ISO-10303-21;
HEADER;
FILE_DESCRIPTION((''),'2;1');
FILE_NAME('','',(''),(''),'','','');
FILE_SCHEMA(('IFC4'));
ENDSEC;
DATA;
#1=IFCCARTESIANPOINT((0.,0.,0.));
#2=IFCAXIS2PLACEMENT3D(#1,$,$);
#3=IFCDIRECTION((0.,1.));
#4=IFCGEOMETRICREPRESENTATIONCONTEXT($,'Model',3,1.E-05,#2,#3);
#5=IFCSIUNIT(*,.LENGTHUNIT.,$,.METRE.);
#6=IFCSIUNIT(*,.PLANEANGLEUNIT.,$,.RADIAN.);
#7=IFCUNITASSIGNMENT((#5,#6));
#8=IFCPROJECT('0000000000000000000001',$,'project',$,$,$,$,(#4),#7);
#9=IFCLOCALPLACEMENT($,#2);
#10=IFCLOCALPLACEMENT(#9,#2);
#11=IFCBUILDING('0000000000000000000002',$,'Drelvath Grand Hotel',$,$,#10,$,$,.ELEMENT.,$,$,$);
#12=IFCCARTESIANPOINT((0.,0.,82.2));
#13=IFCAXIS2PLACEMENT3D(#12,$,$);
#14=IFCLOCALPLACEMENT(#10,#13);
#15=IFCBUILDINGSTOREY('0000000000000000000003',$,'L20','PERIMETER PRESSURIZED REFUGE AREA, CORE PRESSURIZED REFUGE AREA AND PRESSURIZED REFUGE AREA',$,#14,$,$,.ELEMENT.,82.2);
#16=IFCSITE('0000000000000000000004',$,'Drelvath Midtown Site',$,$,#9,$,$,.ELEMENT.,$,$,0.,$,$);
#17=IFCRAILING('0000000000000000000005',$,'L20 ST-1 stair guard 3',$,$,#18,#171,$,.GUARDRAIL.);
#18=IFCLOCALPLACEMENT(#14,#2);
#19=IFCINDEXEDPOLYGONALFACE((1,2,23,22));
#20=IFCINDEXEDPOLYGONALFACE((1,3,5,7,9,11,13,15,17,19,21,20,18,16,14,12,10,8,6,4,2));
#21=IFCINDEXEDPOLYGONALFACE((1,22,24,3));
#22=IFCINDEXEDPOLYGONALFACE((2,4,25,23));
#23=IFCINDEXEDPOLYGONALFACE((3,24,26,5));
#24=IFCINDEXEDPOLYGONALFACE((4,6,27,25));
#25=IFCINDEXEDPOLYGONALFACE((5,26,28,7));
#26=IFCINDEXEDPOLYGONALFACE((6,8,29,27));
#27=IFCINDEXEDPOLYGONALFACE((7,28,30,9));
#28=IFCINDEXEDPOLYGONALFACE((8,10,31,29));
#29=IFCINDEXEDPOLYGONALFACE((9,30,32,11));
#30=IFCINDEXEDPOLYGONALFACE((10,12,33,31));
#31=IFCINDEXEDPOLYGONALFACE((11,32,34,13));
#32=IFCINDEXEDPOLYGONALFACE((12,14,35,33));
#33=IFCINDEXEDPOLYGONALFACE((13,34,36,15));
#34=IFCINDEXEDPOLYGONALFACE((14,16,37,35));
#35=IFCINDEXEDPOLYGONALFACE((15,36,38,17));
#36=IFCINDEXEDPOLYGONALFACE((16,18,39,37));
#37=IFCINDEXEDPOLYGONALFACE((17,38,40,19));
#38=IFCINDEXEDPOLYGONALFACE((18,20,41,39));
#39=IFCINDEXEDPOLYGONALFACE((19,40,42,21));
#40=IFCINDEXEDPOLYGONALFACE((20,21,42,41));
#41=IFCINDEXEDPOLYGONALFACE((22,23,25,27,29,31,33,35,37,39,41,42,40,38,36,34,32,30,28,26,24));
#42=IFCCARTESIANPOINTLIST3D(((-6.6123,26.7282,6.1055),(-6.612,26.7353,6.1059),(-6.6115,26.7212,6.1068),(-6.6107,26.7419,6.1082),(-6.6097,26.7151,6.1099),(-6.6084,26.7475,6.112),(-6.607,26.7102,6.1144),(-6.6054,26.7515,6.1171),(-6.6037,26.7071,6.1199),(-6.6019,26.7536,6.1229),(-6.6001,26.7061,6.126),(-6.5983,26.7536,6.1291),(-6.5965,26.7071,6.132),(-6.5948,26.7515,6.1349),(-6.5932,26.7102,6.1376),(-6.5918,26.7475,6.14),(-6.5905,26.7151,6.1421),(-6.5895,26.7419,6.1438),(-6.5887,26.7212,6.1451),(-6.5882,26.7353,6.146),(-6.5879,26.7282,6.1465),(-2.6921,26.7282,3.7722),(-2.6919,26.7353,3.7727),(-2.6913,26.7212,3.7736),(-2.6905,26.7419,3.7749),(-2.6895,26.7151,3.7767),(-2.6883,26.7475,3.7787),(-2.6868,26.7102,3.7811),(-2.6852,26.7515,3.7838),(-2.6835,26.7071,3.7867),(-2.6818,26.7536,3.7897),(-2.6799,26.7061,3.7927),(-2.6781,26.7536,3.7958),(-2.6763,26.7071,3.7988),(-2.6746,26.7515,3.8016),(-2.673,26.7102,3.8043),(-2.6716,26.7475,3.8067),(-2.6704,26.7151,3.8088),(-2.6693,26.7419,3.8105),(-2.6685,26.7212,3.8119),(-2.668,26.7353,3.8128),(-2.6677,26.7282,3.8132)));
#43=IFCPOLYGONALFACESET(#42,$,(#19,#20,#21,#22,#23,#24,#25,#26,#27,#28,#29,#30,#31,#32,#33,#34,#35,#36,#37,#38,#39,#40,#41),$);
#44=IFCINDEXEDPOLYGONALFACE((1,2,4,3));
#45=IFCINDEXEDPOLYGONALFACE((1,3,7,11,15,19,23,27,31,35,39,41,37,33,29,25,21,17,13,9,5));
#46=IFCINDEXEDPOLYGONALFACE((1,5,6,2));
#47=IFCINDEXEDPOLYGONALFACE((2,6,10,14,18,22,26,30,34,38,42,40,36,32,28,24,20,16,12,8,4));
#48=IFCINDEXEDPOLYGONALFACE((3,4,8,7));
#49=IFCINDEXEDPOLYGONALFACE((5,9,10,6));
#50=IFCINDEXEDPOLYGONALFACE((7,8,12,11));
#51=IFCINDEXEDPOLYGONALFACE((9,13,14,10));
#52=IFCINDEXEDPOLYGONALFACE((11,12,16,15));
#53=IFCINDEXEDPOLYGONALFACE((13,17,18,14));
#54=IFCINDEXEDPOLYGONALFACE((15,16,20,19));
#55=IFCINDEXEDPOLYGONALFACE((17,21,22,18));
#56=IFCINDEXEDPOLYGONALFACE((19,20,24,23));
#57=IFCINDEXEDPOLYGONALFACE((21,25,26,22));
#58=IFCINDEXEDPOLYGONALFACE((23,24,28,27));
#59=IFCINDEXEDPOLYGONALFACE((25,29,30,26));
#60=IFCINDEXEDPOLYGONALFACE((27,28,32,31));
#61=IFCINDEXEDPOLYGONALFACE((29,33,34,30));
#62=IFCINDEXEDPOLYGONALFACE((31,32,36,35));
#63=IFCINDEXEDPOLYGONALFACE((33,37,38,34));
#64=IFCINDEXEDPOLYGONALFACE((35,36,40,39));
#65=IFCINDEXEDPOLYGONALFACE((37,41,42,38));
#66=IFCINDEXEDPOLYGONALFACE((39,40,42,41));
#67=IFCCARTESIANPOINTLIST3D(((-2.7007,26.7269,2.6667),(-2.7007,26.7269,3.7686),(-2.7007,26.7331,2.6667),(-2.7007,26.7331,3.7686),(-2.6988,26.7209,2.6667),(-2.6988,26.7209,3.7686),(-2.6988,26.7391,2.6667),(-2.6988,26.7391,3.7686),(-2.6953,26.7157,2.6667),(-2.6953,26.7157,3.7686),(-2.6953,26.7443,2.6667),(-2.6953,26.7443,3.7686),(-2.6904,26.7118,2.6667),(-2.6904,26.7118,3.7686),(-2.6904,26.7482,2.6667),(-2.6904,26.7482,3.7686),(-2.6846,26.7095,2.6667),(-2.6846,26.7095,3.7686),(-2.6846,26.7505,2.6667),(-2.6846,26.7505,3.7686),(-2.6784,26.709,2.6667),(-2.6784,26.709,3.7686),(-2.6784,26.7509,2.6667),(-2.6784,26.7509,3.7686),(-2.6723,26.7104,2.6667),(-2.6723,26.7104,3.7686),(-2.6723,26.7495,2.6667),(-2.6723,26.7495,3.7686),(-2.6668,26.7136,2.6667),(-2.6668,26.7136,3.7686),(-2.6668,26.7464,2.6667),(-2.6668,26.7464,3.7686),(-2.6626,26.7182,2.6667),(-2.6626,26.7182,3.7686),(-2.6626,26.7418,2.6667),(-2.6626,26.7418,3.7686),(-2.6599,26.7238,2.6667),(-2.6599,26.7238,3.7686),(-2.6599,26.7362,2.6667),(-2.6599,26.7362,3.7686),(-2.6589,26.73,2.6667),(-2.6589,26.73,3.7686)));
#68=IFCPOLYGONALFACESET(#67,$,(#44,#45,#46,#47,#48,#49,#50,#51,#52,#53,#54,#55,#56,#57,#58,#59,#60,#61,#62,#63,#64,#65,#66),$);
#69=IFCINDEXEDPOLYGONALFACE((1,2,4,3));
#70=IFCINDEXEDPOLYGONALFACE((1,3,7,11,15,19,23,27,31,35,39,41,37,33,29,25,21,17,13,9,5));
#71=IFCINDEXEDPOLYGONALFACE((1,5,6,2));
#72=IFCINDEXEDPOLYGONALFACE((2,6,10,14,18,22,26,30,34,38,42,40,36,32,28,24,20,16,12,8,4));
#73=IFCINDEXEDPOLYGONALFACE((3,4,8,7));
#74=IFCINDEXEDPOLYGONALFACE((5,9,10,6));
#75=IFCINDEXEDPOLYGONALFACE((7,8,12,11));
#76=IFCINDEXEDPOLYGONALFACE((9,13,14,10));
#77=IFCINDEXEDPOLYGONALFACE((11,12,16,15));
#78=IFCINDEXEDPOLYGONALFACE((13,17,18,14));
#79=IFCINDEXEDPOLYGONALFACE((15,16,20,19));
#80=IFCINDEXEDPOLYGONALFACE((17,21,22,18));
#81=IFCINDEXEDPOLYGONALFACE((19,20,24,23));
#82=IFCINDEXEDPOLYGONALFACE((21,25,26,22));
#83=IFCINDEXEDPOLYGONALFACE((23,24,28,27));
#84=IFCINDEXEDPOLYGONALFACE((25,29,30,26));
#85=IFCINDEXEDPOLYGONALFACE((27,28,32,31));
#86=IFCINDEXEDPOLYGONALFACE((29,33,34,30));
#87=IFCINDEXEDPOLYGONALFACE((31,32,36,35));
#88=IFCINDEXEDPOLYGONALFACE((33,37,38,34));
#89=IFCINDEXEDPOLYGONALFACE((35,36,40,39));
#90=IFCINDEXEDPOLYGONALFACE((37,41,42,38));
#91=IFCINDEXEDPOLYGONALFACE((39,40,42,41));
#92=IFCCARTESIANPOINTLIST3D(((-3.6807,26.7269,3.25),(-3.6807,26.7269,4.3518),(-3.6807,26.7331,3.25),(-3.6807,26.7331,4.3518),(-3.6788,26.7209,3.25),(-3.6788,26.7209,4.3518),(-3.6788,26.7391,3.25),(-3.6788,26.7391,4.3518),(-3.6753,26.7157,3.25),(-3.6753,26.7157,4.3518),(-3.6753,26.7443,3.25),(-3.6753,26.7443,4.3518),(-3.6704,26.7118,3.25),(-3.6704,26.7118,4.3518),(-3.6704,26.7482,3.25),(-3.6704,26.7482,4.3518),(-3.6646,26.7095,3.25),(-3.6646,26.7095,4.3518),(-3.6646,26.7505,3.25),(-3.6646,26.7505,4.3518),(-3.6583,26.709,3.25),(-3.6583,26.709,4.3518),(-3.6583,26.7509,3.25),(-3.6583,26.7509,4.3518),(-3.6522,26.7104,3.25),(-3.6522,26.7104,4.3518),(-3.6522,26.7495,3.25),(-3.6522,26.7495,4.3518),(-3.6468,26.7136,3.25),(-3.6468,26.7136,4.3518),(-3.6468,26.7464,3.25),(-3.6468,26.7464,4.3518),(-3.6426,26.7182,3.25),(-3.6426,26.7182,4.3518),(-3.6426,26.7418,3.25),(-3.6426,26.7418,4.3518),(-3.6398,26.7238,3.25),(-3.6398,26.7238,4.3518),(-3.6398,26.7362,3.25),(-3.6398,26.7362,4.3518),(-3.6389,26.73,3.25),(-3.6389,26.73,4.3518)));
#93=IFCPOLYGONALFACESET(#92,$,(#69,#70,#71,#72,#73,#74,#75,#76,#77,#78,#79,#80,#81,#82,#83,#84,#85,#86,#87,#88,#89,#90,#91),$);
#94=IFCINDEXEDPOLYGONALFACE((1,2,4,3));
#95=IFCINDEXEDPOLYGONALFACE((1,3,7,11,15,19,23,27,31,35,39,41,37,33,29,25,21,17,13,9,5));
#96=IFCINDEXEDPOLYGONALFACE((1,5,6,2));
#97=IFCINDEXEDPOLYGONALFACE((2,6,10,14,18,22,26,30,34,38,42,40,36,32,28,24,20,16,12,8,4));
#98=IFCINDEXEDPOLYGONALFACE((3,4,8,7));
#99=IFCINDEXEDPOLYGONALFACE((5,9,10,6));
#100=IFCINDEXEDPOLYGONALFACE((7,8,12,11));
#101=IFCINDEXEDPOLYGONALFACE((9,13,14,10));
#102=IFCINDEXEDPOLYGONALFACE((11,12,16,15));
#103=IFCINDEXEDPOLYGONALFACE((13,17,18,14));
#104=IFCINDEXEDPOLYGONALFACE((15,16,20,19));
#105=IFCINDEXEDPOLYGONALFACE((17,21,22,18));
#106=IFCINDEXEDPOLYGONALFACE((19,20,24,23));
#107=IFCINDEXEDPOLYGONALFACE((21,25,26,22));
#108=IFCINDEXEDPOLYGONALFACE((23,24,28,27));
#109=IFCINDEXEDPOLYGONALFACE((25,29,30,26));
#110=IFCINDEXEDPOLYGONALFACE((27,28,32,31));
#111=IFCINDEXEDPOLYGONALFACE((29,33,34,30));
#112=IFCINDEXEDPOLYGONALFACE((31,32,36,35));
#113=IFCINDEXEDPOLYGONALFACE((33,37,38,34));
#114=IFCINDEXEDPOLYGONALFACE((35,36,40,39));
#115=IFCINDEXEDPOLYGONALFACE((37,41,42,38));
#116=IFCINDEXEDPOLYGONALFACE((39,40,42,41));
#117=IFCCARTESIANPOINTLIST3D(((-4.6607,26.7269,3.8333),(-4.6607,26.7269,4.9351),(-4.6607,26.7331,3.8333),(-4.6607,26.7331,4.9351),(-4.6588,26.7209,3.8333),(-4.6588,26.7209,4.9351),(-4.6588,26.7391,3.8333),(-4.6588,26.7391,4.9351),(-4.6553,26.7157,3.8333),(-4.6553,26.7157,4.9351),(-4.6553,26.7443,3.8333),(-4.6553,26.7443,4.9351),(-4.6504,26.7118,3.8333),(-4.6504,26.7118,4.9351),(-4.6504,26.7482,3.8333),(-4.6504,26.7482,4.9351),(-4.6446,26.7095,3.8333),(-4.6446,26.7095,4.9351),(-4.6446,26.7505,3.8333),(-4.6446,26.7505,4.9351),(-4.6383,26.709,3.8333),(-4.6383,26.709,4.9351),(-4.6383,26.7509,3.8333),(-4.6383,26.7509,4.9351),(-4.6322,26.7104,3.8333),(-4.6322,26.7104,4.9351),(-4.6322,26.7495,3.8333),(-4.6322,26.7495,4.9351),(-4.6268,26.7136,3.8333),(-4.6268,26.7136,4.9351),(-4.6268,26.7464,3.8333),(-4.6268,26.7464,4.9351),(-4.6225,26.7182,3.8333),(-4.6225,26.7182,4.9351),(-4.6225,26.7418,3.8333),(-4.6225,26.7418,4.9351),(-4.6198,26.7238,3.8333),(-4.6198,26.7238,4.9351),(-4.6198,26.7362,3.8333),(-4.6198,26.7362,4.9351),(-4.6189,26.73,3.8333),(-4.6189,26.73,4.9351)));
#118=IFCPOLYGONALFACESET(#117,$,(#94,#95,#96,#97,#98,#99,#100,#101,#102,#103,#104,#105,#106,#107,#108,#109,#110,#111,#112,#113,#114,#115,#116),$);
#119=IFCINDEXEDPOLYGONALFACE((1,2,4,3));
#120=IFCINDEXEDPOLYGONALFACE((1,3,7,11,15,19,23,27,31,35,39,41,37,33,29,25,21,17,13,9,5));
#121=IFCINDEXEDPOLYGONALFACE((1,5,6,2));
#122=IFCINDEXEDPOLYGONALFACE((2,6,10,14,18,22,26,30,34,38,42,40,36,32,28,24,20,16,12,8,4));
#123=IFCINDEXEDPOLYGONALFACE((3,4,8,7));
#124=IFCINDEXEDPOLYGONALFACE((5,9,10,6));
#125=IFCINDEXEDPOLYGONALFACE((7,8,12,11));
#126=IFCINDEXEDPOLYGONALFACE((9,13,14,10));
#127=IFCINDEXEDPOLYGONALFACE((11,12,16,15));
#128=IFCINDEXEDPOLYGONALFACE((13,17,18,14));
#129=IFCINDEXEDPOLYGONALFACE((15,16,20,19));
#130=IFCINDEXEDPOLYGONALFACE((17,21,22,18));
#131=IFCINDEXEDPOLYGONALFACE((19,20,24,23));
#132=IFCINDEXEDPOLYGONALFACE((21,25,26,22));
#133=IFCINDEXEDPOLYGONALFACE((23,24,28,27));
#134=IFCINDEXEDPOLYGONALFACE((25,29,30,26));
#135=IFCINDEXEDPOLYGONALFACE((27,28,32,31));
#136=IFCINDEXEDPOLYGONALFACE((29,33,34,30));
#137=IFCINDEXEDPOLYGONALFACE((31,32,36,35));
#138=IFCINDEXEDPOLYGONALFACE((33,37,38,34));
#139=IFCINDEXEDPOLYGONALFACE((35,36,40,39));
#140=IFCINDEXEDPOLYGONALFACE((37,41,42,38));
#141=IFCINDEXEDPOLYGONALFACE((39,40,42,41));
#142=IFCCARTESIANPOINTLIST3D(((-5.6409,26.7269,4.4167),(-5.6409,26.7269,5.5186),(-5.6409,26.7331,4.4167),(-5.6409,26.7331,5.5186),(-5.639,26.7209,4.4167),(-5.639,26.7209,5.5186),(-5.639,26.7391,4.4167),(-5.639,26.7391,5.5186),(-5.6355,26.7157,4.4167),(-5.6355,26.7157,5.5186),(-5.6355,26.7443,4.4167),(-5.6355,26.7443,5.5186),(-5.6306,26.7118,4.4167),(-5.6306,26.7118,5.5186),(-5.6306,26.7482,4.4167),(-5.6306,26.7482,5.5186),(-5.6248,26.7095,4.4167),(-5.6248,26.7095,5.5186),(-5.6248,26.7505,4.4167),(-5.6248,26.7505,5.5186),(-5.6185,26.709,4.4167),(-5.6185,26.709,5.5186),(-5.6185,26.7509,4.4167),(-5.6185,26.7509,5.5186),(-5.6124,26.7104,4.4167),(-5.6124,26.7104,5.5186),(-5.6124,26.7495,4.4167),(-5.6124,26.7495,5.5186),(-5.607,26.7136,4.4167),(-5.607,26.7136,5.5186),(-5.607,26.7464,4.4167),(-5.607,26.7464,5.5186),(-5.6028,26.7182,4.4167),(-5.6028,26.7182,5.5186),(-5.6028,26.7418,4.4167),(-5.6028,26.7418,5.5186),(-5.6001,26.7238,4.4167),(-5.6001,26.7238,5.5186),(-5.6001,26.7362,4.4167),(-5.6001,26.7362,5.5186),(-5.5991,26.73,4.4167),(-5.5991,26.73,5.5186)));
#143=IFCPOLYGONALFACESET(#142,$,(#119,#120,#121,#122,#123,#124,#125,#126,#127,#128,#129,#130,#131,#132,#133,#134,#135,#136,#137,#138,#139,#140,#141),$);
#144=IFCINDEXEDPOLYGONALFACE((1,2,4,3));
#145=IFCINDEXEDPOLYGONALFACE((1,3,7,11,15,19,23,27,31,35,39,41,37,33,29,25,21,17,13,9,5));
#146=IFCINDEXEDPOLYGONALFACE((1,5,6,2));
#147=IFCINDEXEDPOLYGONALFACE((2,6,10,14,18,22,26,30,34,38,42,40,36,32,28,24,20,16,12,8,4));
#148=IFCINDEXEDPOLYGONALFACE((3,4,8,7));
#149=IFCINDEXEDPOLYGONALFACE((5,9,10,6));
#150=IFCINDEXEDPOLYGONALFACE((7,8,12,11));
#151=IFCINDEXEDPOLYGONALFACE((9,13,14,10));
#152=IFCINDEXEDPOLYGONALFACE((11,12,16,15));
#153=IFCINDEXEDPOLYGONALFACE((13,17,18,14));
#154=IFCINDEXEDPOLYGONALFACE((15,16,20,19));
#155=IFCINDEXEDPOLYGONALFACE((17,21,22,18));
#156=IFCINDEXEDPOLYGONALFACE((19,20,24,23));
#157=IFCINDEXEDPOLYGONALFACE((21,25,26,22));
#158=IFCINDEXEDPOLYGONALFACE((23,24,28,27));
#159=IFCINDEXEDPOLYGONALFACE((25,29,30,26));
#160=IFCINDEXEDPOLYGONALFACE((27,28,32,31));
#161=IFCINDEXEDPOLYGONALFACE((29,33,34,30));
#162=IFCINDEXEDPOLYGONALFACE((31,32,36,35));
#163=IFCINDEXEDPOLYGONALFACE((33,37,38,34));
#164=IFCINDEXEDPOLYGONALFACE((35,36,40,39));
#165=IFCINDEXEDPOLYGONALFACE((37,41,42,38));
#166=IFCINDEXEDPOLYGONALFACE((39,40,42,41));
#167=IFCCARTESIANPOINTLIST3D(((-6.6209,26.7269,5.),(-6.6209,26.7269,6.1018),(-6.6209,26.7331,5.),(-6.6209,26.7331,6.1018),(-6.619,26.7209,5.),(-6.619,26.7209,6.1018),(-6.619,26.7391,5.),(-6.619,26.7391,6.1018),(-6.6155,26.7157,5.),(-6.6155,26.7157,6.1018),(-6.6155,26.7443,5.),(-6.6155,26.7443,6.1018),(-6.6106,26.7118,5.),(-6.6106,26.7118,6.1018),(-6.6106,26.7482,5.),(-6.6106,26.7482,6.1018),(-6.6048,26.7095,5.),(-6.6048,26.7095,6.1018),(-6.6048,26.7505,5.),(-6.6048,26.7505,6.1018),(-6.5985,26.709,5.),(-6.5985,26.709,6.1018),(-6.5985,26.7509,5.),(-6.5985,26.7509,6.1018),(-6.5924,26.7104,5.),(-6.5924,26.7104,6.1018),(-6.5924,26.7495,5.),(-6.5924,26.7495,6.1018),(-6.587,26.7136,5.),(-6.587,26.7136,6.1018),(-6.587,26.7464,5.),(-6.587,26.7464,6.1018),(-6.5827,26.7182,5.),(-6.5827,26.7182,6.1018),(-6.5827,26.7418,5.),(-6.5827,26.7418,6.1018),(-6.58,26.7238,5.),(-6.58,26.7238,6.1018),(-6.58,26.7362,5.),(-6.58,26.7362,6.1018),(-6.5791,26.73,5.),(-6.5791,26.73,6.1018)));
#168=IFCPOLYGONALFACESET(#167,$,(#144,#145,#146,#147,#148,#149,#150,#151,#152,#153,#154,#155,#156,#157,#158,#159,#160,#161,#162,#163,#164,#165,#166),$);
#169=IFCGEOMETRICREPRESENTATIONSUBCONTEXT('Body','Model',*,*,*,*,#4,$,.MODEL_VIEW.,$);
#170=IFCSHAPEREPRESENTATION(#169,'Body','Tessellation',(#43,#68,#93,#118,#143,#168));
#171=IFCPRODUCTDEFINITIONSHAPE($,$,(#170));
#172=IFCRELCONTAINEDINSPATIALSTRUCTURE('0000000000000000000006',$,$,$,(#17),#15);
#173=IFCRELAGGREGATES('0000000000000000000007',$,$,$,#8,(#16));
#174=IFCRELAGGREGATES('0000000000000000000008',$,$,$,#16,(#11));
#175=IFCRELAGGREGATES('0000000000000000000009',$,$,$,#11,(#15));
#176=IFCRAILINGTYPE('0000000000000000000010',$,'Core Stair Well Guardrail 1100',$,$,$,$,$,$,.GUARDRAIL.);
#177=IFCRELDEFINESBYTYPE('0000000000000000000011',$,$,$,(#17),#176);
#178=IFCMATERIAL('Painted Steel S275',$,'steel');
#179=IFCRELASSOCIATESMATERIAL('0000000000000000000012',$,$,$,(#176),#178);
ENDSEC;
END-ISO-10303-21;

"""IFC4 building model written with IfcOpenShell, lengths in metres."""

from ifc_helpers import new_model, si_unit, direction, frame, origin, origin_2d, place, context, subcontext, project, spatial, circle, extrude, material, type_object, element, save


model = new_model("IFC4")

# Units and contexts
model_context = context("Model", 3, precision=1e-05, world=origin(), true_north=direction((0.0, 1.0)))
body_context = subcontext(model_context, "Body", "Model", "MODEL_VIEW")
ifc_project = project(units=[si_unit("LENGTHUNIT", "METRE"), si_unit("PLANEANGLEUNIT", "RADIAN")], contexts=[model_context])

# Site, building, storey
site_placement = place(None, origin())
site = spatial("IfcSite", under=ifc_project, at=site_placement, Name="Drelvath Midtown Site", CompositionType="ELEMENT", RefElevation=0.0)
building_placement = place(site_placement, origin())
building = spatial("IfcBuilding", under=site, at=building_placement, Name="Drelvath Grand Hotel", CompositionType="ELEMENT")
storey_placement = place(building_placement, frame((0.0, 0.0, 82.2)))
storey = spatial("IfcBuildingStorey", under=building, at=storey_placement, Name="L20", Description="PERIMETER PRESSURIZED REFUGE AREA, CORE PRESSURIZED REFUGE AREA AND PRESSURIZED REFUGE AREA", CompositionType="ELEMENT", Elevation=82.2)

# Shared definitions
ifc_material_1 = material(Name="Painted Steel S275", Category="steel")

# Railing
railing_type_1 = type_object("IfcRailingType", Name="Core Stair Well Guardrail 1100", PredefinedType="GUARDRAIL", material=ifc_material_1)
railing_1_placement = place(storey_placement, frame((-2.6799, 26.73, 2.6667)))
element("IfcRailing", 1, at=railing_1_placement, inside=storey, type_object=railing_type_1, Name="L20 ST-1 stair guard 3", PredefinedType="GUARDRAIL", context=body_context, shape_type="SweptSolid", body=[
    extrude(circle(Radius=0.0239, at=origin_2d()), frame((0.0, 0.0, 1.126), z_axis=(-0.85931, 0.0, 0.511455), x_axis=(0.0, -1.0, 0.0)), (0.0, 0.0, 1.0), 4.562),
    extrude(circle(Radius=0.021, at=origin_2d()), origin(), (0.0, 0.0, 1.0), 1.1018),
    extrude(circle(Radius=0.021, at=origin_2d()), frame((-0.98, 0.0, 0.5833)), (0.0, 0.0, 1.0), 1.1018),
    extrude(circle(Radius=0.021, at=origin_2d()), frame((-1.96, 0.0, 1.1665)), (0.0, 0.0, 1.0), 1.1018),
    extrude(circle(Radius=0.021, at=origin_2d()), frame((-2.9402, 0.0, 1.75)), (0.0, 0.0, 1.0), 1.1018),
    extrude(circle(Radius=0.021, at=origin_2d()), frame((-3.9202, 0.0, 2.3333)), (0.0, 0.0, 1.0), 1.1018),
])

save(model, "model.ifc")
